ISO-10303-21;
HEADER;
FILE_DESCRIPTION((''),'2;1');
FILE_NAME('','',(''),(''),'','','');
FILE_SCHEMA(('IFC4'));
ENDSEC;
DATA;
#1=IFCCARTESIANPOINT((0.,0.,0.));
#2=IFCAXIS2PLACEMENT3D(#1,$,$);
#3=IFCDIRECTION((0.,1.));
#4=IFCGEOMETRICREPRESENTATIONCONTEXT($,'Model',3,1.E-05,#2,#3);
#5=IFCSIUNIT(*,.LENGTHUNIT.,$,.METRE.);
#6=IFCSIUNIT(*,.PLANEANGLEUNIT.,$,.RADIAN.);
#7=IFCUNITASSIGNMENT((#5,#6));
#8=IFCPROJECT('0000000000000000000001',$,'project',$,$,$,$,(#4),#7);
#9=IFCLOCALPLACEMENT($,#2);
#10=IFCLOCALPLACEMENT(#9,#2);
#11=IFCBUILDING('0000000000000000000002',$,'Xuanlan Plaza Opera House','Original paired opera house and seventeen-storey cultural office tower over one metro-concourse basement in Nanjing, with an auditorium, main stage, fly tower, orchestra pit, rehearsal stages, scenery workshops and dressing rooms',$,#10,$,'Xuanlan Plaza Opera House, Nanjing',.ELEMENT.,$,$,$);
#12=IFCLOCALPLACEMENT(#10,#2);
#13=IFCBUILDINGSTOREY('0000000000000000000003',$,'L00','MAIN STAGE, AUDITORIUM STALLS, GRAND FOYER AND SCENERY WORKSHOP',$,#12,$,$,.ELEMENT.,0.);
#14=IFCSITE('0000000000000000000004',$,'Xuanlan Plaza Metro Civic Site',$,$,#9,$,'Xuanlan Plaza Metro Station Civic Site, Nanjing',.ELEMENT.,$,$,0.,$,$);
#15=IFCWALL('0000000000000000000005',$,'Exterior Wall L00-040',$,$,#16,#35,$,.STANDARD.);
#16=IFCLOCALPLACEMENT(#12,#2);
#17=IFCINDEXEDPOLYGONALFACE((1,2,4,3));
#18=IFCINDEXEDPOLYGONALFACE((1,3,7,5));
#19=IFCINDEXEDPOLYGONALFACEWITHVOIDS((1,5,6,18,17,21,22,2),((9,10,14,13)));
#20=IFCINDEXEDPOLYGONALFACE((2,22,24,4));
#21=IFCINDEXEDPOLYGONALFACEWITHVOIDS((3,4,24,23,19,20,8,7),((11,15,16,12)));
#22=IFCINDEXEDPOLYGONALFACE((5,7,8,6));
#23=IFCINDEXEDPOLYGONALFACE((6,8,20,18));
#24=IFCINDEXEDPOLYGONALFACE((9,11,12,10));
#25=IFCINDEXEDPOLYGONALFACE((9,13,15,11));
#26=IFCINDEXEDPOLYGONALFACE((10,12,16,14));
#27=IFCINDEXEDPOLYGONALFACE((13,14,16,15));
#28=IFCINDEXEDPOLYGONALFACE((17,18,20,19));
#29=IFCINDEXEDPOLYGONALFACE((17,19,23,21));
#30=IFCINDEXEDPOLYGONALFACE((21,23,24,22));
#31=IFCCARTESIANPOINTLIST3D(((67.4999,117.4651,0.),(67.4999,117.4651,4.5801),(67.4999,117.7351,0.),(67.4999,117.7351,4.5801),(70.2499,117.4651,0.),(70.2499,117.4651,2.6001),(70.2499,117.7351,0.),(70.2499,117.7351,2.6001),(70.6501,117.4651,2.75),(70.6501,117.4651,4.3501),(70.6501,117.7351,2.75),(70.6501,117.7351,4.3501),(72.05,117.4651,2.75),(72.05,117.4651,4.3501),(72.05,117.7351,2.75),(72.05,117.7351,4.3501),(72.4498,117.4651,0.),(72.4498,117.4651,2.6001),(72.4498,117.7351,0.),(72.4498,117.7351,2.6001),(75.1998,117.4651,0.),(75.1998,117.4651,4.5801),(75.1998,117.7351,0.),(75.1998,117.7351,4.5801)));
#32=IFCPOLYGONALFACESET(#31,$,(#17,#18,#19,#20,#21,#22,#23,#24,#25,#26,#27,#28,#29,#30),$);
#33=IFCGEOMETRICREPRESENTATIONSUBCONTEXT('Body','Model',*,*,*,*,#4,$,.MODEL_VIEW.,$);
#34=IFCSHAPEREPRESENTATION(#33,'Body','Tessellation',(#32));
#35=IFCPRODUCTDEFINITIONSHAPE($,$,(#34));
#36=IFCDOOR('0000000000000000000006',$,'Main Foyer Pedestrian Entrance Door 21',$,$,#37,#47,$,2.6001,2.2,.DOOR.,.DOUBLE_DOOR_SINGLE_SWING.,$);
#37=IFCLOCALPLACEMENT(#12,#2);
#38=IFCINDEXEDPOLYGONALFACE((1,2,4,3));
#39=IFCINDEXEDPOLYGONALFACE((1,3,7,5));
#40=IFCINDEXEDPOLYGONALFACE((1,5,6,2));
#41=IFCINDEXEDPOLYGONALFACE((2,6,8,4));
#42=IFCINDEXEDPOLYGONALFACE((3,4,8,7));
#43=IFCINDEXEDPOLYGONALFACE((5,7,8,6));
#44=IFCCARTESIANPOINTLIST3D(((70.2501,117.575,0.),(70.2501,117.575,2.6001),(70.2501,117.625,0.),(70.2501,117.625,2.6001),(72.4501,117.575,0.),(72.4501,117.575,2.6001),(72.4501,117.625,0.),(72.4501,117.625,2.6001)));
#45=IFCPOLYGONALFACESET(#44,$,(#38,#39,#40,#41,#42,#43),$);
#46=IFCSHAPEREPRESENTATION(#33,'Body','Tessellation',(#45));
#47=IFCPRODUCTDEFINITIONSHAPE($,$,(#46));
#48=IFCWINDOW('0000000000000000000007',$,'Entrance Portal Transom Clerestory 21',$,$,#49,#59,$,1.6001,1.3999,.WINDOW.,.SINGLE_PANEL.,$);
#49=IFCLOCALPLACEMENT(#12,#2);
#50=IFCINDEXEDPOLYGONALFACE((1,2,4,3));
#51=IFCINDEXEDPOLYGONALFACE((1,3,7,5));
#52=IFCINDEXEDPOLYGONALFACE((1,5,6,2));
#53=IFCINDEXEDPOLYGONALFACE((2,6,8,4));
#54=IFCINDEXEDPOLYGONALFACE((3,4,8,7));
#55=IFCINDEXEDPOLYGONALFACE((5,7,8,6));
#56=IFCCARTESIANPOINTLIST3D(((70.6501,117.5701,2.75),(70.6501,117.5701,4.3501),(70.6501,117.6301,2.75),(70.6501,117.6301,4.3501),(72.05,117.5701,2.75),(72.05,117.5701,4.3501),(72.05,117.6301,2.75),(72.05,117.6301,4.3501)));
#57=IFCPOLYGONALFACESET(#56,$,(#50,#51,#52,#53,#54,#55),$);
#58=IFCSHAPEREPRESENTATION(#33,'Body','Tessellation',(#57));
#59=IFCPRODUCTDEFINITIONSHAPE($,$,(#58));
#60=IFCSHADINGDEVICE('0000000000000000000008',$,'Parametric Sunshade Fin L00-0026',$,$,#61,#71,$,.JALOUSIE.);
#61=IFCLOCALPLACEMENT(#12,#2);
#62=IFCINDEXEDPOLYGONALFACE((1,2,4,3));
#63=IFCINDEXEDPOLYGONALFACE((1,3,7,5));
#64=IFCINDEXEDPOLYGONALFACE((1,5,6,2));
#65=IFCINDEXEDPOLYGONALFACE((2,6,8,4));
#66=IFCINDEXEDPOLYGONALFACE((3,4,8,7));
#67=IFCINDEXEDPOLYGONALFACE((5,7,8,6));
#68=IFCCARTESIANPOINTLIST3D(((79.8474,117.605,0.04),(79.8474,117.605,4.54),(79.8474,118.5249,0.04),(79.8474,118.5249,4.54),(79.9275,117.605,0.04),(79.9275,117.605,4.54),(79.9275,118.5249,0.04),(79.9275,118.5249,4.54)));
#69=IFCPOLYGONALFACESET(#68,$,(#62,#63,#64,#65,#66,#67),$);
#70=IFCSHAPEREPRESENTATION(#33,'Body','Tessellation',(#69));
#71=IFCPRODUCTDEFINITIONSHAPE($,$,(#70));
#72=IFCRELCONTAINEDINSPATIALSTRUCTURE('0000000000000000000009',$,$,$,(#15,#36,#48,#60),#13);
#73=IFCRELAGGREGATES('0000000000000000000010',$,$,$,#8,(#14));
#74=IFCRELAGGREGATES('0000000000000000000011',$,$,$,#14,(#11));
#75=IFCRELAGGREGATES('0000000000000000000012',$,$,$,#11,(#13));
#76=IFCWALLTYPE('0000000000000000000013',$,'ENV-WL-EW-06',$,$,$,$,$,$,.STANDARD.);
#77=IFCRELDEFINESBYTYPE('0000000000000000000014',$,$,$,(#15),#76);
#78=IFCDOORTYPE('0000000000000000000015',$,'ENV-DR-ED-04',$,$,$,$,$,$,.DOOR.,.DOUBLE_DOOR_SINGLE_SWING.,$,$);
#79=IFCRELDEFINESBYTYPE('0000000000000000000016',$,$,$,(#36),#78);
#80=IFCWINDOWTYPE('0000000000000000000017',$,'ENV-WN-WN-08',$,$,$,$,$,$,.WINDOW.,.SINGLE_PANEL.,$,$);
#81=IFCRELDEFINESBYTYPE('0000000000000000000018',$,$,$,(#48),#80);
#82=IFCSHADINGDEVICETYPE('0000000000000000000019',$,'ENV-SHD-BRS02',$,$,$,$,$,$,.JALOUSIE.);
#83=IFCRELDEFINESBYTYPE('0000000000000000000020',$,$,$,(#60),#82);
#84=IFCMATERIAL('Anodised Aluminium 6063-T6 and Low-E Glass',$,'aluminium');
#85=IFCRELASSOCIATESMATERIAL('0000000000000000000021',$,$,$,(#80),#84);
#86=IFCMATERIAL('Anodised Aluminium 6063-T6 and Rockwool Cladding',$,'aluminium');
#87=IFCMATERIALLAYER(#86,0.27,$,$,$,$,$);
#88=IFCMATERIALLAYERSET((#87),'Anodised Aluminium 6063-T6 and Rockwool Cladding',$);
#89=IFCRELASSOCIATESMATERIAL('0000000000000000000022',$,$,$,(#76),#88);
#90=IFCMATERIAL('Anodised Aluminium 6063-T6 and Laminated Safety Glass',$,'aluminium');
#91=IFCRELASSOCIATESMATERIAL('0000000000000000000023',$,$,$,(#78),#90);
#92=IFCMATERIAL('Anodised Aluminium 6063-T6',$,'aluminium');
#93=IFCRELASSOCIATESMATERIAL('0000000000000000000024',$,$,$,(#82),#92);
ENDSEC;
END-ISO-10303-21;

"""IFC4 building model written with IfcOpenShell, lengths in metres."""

from ifc_helpers import new_model, si_unit, direction, frame, frame_2d, origin, origin_2d, place, context, subcontext, project, spatial, rectangle, extrude, material, layer, layer_set, type_object, element, fill, save


model = new_model("IFC4")

# Units and contexts
model_context = context("Model", 3, precision=1e-05, world=origin(), true_north=direction((0.0, 1.0)))
body_context = subcontext(model_context, "Body", "Model", "MODEL_VIEW")
ifc_project = project(units=[si_unit("LENGTHUNIT", "METRE"), si_unit("PLANEANGLEUNIT", "RADIAN")], contexts=[model_context])

# Site, building, storey
site_placement = place(None, origin())
site = spatial("IfcSite", under=ifc_project, at=site_placement, Name="Xuanlan Plaza Metro Civic Site", LongName="Xuanlan Plaza Metro Station Civic Site, Nanjing", CompositionType="ELEMENT", RefElevation=0.0)
building_placement = place(site_placement, origin())
building = spatial("IfcBuilding", under=site, at=building_placement, Name="Xuanlan Plaza Opera House", Description="Original paired opera house and seventeen-storey cultural office tower over one metro-concourse basement in Nanjing, with an auditorium, main stage, fly tower, orchestra pit, rehearsal stages, scenery workshops and dressing rooms", LongName="Xuanlan Plaza Opera House, Nanjing", CompositionType="ELEMENT")
storey_placement = place(building_placement, origin())
storey = spatial("IfcBuildingStorey", under=building, at=storey_placement, Name="L00", Description="MAIN STAGE, AUDITORIUM STALLS, GRAND FOYER AND SCENERY WORKSHOP", CompositionType="ELEMENT", Elevation=0.0)

# Shared definitions
ifc_material_1 = material(Name="Anodised Aluminium 6063-T6 and Low-E Glass", Category="aluminium")
ifc_material_2 = material(Name="Anodised Aluminium 6063-T6", Category="aluminium")

# Wall, openings, door, window
ifc_material_3 = material(Name="Anodised Aluminium 6063-T6 and Rockwool Cladding", Category="aluminium")
ifc_material_4 = material(Name="Anodised Aluminium 6063-T6 and Laminated Safety Glass", Category="aluminium")
window_type = type_object("IfcWindowType", Name="ENV-WN-WN-08", PartitioningType="SINGLE_PANEL", PredefinedType="WINDOW", material=ifc_material_1)
ifc_layer_1 = layer(ifc_material_3, 0.27)
ifc_layer_set_1 = layer_set([ifc_layer_1], Name="Anodised Aluminium 6063-T6 and Rockwool Cladding")
wall_type_1 = type_object("IfcWallType", Name="ENV-WL-EW-06", PredefinedType="STANDARD", material=ifc_layer_set_1)
wall_1_placement = place(storey_placement, frame((75.2, 117.6001, 0.0), z_axis=(0.0, 0.0, 1.0), x_axis=(-1.0, 0.0, 0.0)))
wall_1 = element("IfcWall", 1, at=wall_1_placement, inside=storey, type_object=wall_type_1, Name="Exterior Wall L00-040", PredefinedType="STANDARD", context=body_context, shape_type="SweptSolid", body=[
    extrude(rectangle(XDim=7.7, YDim=0.27, at=frame_2d((3.8501, 0.0))), origin(), (0.0, 0.0, 1.0), 4.5801),
])
opening_1_placement = place(wall_1_placement, frame((2.75, 0.0, 0.0)))
opening_1 = element("IfcOpeningElement", 2, at=opening_1_placement, cuts=wall_1, PredefinedType="OPENING", context=body_context, shape_type="SweptSolid", body=[
    extrude(rectangle(XDim=2.2, YDim=2.6001, at=frame_2d((1.1001, 1.3))), frame((0.0, 0.145, 0.0), z_axis=(0.0, -1.0, 0.0), x_axis=(1.0, 0.0, 0.0)), (0.0, 0.0, 1.0), 0.29),
])
opening_2_placement = place(wall_1_placement, frame((3.1499, 0.0, 2.75)))
opening_2 = element("IfcOpeningElement", 3, at=opening_2_placement, cuts=wall_1, PredefinedType="OPENING", context=body_context, shape_type="SweptSolid", body=[
    extrude(rectangle(XDim=1.3999, YDim=1.6001, at=frame_2d((0.7, 0.8))), frame((0.0, 0.145, 0.0), z_axis=(0.0, -1.0, 0.0), x_axis=(1.0, 0.0, 0.0)), (0.0, 0.0, 1.0), 0.29),
])
door_type_1 = type_object("IfcDoorType", Name="ENV-DR-ED-04", OperationType="DOUBLE_DOOR_SINGLE_SWING", PredefinedType="DOOR", material=ifc_material_4)
door_1_placement = place(opening_1_placement, frame((2.2, 0.0, 0.0), z_axis=(0.0, 0.0, 1.0), x_axis=(-1.0, 0.0, 0.0)))
door_1 = element("IfcDoor", 4, at=door_1_placement, inside=storey, type_object=door_type_1, Name="Main Foyer Pedestrian Entrance Door 21", OperationType="DOUBLE_DOOR_SINGLE_SWING", OverallHeight=2.6001, OverallWidth=2.2, PredefinedType="DOOR", context=body_context, shape_type="SweptSolid", body=[
    extrude(rectangle(XDim=2.2, YDim=2.6001, at=frame_2d((1.1001, 1.3))), frame((0.0, 0.0249, 0.0), z_axis=(0.0, -1.0, 0.0), x_axis=(1.0, 0.0, 0.0)), (0.0, 0.0, 1.0), 0.05),
])
fill(opening_1, door_1)
window_1_placement = place(opening_2_placement, origin())
window_1 = element("IfcWindow", 5, at=window_1_placement, inside=storey, type_object=window_type, Name="Entrance Portal Transom Clerestory 21", OverallHeight=1.6001, OverallWidth=1.3999, PartitioningType="SINGLE_PANEL", PredefinedType="WINDOW", context=body_context, shape_type="SweptSolid", body=[
    extrude(rectangle(XDim=1.3999, YDim=1.6001, at=frame_2d((0.7, 0.8))), frame((0.0, 0.03, 0.0), z_axis=(0.0, -1.0, 0.0), x_axis=(1.0, 0.0, 0.0)), (0.0, 0.0, 1.0), 0.0601),
])
fill(opening_2, window_1)

# Shading device
shading_device_type = type_object("IfcShadingDeviceType", Name="ENV-SHD-BRS02", PredefinedType="JALOUSIE", material=ifc_material_2)
shading_device_placement = place(storey_placement, frame((79.8875, 118.0649, 0.04), z_axis=(0.0, 0.0, 1.0), x_axis=(0.0, 1.0, 0.0)))
element("IfcShadingDevice", 6, at=shading_device_placement, inside=storey, type_object=shading_device_type, Name="Parametric Sunshade Fin L00-0026", PredefinedType="JALOUSIE", context=body_context, shape_type="SweptSolid", body=[
    extrude(rectangle(XDim=0.9199, YDim=0.0801, at=origin_2d()), origin(), (0.0, 0.0, 1.0), 4.5),
])

save(model, "model.ifc")
